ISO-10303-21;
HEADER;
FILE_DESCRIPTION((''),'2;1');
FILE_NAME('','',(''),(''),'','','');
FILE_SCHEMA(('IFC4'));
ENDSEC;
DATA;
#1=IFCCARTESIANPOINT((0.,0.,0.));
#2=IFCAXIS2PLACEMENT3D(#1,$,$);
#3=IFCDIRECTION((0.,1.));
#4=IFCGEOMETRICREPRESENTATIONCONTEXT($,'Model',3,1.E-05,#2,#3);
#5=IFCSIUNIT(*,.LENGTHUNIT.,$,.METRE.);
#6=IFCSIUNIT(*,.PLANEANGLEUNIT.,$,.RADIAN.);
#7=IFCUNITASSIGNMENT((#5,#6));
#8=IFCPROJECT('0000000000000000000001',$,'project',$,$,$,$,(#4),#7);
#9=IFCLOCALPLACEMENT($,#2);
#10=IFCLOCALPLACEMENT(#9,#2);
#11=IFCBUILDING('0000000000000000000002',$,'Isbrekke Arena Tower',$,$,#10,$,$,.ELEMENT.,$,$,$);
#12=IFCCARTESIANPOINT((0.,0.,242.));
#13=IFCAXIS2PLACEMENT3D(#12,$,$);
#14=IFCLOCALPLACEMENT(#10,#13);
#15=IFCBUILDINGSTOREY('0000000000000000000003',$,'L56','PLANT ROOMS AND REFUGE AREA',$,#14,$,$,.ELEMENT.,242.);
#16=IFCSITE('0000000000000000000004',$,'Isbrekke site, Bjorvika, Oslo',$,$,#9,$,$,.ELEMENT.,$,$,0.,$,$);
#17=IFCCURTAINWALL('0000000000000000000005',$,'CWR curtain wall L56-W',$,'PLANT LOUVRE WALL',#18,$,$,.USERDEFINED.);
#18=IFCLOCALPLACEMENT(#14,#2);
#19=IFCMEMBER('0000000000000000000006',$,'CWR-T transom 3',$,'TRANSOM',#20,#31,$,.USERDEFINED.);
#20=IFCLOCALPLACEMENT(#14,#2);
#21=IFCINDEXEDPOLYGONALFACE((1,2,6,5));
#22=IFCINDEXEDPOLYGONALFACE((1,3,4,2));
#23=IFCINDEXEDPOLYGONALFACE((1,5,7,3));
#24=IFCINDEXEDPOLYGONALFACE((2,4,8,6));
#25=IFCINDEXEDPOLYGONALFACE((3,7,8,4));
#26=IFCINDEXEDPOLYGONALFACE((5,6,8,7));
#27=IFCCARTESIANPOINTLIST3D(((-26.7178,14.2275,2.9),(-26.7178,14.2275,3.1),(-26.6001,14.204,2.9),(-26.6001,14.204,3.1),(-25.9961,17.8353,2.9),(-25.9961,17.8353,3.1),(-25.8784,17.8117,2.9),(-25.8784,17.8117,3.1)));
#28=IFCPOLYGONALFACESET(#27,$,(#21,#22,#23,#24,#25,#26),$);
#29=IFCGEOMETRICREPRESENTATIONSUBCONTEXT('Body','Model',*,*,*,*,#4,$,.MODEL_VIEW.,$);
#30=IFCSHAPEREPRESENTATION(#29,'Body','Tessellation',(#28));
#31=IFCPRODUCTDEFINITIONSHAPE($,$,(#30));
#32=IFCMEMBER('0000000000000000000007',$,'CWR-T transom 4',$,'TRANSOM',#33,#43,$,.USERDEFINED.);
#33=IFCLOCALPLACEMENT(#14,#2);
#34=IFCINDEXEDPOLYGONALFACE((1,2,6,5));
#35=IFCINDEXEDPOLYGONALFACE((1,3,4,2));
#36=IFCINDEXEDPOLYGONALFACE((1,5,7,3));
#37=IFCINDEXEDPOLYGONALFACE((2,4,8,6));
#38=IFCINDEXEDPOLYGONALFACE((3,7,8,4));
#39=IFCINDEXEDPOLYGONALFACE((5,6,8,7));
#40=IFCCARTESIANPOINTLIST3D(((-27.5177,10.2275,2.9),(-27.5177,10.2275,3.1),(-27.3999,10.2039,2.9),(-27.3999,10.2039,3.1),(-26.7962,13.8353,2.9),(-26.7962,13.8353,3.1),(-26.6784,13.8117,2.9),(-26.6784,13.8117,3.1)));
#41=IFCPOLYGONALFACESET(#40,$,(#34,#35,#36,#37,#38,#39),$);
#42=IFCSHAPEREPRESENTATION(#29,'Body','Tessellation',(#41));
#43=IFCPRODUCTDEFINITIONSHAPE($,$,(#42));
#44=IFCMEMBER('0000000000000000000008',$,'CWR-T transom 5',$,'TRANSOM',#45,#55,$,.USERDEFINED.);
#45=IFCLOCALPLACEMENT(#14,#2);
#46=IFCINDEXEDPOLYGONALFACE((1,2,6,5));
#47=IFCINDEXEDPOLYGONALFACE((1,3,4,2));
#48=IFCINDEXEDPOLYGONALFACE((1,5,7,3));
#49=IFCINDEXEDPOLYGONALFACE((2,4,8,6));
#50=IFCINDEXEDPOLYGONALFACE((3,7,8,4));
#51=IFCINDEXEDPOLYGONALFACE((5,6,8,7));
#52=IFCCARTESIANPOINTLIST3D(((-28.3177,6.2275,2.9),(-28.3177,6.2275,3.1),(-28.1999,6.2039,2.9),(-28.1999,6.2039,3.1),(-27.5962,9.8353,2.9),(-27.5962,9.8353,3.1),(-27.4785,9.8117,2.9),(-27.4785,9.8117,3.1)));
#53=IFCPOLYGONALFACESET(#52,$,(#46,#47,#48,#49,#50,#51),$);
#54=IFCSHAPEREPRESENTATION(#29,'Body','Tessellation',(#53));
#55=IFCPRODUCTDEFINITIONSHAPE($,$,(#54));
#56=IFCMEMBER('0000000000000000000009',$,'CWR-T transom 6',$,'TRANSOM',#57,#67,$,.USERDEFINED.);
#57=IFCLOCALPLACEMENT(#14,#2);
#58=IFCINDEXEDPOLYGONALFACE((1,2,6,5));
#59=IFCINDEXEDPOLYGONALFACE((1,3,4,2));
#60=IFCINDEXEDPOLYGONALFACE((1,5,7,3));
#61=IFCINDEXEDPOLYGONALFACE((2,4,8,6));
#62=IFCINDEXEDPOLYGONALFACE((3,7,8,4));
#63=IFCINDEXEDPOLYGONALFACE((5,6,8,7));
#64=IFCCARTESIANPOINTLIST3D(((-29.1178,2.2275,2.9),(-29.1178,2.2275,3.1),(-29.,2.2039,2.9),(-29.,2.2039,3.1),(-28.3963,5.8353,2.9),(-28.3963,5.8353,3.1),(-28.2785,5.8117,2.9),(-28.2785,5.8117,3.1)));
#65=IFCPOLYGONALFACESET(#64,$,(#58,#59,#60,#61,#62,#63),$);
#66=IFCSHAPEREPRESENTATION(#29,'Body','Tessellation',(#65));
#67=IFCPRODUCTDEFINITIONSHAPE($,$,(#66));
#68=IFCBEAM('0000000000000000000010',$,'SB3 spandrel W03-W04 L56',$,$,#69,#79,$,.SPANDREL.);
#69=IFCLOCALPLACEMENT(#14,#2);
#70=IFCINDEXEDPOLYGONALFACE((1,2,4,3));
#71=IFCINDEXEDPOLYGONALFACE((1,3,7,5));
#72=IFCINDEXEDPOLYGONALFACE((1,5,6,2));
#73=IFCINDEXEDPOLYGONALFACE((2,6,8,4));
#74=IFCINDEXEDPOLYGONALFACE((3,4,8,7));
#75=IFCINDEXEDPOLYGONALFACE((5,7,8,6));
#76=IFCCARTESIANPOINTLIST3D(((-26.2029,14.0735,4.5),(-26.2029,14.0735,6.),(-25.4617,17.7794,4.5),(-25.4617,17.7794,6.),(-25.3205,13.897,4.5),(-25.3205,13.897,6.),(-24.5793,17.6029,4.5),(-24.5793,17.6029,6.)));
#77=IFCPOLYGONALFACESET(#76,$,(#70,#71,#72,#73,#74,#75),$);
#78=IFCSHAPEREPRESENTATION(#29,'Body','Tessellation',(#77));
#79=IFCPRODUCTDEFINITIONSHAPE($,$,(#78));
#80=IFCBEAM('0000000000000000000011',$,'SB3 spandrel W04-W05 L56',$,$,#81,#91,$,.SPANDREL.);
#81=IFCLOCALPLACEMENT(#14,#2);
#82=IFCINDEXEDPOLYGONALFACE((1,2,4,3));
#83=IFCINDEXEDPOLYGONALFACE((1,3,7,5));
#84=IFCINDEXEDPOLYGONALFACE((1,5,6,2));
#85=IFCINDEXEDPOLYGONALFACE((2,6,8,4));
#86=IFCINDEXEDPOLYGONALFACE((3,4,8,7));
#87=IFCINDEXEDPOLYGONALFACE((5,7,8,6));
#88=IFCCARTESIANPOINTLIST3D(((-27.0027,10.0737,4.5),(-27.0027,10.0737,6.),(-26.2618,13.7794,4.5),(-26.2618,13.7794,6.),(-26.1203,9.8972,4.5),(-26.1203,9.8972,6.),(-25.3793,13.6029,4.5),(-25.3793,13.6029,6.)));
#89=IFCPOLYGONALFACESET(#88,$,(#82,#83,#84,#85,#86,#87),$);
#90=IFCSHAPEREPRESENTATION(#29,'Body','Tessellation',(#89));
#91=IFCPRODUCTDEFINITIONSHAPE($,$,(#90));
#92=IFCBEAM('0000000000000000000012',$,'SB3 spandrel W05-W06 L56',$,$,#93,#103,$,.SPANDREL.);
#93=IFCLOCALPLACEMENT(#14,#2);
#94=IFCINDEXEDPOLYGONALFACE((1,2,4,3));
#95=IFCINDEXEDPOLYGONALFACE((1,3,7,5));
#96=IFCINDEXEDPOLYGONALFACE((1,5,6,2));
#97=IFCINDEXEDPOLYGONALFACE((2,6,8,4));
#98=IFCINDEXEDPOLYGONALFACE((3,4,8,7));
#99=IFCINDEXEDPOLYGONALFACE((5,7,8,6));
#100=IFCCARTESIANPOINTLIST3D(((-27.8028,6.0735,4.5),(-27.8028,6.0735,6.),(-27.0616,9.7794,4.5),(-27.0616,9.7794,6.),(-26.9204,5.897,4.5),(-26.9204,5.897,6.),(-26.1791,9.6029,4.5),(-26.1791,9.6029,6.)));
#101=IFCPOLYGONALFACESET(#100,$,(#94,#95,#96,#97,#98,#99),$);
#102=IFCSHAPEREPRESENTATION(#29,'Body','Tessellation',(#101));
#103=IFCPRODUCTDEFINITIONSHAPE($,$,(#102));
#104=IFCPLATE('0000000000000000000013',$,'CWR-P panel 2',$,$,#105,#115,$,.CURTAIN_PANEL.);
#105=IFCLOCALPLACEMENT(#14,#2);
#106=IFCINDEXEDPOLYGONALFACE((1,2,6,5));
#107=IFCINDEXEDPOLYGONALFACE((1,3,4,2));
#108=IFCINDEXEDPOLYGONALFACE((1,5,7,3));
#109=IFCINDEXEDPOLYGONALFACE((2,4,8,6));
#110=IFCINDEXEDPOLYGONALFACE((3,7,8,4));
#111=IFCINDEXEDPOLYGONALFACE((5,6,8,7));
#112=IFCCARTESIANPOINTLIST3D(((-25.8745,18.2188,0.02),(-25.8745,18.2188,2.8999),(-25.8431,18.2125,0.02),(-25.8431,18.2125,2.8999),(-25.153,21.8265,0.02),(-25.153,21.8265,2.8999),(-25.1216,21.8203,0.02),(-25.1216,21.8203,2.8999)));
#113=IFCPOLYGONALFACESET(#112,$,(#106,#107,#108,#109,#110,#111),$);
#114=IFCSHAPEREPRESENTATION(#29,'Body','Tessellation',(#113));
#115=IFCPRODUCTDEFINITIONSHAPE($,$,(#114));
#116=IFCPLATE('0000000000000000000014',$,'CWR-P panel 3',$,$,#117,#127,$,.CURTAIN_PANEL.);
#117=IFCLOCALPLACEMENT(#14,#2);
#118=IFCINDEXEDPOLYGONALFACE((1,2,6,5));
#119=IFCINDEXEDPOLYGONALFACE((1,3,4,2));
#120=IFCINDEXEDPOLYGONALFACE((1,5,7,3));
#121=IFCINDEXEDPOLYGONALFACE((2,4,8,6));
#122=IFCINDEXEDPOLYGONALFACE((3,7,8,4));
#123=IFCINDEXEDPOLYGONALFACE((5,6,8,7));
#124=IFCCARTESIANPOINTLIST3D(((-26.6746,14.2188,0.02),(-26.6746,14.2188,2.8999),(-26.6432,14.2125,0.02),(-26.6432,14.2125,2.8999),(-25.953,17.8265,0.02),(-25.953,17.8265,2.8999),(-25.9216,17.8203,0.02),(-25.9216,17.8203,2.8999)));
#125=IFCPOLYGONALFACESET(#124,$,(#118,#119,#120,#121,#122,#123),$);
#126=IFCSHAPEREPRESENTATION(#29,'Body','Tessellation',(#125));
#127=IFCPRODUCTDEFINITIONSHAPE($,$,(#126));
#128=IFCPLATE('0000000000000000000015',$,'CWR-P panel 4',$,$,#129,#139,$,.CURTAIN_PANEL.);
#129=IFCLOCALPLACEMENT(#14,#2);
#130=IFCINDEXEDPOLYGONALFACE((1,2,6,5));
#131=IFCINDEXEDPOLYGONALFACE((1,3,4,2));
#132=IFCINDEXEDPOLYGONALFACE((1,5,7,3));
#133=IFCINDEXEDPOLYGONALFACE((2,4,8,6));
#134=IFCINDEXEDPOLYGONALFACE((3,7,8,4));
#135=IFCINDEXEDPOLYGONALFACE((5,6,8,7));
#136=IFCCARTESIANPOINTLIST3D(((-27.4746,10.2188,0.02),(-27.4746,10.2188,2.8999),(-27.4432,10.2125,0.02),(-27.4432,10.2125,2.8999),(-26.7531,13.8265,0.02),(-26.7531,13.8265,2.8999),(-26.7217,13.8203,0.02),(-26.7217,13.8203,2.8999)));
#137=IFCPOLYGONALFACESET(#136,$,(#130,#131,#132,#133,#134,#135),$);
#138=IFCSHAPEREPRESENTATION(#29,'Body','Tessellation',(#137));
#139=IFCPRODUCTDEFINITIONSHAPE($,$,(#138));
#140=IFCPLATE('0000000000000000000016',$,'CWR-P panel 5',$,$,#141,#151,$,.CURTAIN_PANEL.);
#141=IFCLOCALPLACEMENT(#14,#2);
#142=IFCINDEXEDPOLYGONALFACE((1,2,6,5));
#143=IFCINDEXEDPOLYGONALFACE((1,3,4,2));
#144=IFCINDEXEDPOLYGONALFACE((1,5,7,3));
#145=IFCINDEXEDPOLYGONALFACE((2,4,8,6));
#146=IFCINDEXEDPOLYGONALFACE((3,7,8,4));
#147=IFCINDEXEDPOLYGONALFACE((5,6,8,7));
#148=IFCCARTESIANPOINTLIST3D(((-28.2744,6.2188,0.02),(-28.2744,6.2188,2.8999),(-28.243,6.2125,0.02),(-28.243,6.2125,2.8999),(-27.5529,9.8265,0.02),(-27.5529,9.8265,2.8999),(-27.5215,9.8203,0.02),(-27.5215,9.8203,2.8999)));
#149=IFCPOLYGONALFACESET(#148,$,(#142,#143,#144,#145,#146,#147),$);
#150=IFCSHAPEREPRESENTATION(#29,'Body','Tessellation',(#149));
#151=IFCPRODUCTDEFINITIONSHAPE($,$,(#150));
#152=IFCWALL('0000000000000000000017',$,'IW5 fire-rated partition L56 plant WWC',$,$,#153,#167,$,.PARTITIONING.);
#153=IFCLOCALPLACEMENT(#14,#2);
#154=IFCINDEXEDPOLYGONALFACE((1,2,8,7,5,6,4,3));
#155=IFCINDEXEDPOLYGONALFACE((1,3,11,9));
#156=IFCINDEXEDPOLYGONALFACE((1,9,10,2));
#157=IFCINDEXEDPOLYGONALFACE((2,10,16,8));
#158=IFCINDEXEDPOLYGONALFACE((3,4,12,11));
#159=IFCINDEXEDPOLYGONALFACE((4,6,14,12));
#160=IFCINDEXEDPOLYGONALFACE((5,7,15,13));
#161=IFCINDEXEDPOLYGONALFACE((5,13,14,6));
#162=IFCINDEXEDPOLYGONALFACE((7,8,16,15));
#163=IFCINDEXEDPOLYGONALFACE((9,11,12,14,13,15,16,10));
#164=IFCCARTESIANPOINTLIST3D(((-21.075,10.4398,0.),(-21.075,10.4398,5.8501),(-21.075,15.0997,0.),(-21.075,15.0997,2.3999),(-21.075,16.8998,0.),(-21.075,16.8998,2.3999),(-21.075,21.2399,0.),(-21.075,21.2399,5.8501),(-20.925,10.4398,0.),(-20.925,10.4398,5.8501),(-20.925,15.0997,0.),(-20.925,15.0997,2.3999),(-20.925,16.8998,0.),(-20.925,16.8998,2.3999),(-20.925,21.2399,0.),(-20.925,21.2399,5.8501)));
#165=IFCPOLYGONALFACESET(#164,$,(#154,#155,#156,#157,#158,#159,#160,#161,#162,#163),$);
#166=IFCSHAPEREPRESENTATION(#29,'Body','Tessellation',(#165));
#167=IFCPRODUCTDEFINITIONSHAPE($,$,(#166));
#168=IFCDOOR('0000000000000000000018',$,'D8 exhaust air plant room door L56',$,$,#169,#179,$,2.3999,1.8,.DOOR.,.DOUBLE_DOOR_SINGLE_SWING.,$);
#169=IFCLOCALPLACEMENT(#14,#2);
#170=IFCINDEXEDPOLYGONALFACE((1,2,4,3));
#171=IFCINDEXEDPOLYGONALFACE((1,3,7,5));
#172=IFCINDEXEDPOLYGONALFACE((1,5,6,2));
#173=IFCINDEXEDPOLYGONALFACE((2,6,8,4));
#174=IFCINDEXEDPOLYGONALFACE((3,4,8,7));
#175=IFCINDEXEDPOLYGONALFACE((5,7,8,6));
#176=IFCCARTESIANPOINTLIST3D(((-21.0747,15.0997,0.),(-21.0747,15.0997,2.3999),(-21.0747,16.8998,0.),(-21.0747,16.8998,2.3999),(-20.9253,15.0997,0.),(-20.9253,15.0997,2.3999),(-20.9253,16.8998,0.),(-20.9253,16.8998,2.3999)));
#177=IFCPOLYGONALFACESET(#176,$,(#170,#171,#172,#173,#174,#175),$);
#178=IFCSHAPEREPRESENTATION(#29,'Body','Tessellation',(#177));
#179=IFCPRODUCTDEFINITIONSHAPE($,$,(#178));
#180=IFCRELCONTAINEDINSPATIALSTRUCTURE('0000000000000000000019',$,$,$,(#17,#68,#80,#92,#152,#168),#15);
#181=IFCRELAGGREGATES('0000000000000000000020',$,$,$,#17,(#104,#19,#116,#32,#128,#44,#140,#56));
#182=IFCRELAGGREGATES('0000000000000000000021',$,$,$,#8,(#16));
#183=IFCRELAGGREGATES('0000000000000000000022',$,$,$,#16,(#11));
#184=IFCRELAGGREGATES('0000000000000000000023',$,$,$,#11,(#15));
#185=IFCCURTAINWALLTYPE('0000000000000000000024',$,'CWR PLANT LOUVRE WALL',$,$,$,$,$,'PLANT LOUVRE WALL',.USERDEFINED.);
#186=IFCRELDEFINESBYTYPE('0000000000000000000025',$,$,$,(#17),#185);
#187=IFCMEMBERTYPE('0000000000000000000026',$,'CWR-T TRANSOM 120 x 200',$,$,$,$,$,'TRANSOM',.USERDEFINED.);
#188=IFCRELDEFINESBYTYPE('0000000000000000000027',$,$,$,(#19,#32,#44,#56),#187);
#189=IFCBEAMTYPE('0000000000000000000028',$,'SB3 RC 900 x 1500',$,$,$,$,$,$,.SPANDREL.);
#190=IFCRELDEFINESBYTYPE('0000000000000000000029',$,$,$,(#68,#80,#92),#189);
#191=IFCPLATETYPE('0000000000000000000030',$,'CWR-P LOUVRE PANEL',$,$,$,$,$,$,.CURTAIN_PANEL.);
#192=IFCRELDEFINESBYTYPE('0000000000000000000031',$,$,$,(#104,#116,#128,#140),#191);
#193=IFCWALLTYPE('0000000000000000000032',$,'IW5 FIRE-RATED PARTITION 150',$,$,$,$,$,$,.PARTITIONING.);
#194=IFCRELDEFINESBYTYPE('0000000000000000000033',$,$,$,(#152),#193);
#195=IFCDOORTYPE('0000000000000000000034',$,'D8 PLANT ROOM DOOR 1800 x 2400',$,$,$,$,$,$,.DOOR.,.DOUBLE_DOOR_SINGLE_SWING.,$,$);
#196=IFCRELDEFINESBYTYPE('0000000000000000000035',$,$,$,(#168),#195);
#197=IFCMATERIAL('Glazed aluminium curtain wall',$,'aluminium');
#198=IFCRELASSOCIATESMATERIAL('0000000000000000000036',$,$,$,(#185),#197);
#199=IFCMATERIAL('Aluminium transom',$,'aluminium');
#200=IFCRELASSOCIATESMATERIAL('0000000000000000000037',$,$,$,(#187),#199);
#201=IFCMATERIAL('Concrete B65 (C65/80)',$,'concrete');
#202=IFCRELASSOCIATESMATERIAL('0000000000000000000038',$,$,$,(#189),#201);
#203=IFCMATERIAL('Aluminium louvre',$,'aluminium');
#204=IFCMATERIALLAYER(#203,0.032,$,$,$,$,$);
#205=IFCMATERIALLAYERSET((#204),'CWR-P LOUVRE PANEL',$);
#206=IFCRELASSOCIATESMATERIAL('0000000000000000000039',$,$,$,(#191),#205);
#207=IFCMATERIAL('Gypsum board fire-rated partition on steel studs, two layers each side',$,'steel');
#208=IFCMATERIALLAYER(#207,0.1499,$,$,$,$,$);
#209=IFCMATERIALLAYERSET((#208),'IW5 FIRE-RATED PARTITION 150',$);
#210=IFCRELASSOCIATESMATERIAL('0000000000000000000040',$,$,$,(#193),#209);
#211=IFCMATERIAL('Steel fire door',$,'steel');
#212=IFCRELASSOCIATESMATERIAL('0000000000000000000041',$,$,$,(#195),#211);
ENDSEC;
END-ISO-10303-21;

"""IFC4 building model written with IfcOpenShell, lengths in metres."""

from ifc_helpers import new_model, si_unit, direction, frame, frame_2d, origin, origin_2d, place, context, subcontext, project, spatial, rectangle, extrude, material, layer, layer_set, material_profile, profile_set, type_object, element, fill, aggregate, save


model = new_model("IFC4")

# Units and contexts
model_context = context("Model", 3, precision=1e-05, world=origin(), true_north=direction((0.0, 1.0)))
body_context = subcontext(model_context, "Body", "Model", "MODEL_VIEW")
ifc_project = project(units=[si_unit("LENGTHUNIT", "METRE"), si_unit("PLANEANGLEUNIT", "RADIAN")], contexts=[model_context])

# Site, building, storey
site_placement = place(None, origin())
site = spatial("IfcSite", under=ifc_project, at=site_placement, Name="Isbrekke site, Bjorvika, Oslo", CompositionType="ELEMENT", RefElevation=0.0)
building_placement = place(site_placement, origin())
building = spatial("IfcBuilding", under=site, at=building_placement, Name="Isbrekke Arena Tower", CompositionType="ELEMENT")
storey_placement = place(building_placement, frame((0.0, 0.0, 242.0)))
storey = spatial("IfcBuildingStorey", under=building, at=storey_placement, Name="L56", Description="PLANT ROOMS AND REFUGE AREA", CompositionType="ELEMENT", Elevation=242.0)

# Curtain wall, members
ifc_material_1 = material(Name="Glazed aluminium curtain wall", Category="aluminium")
curtain_wall_type = type_object("IfcCurtainWallType", Name="CWR PLANT LOUVRE WALL", ElementType="PLANT LOUVRE WALL", PredefinedType="USERDEFINED", material=ifc_material_1)
curtain_wall_placement = place(storey_placement, origin())
curtain_wall = element("IfcCurtainWall", 1, at=curtain_wall_placement, inside=storey, type_object=curtain_wall_type, Name="CWR curtain wall L56-W", ObjectType="PLANT LOUVRE WALL", PredefinedType="USERDEFINED")
ifc_material_2 = material(Name="Aluminium transom", Category="aluminium")
ifc_material_profile_1 = material_profile(ifc_material_2, rectangle(XDim=0.1201, YDim=0.2, at=origin_2d()), Name="TRANSOM 120X200")
ifc_profile_set_1 = profile_set([ifc_material_profile_1], Name="Aluminium transom")
member_type_1 = type_object("IfcMemberType", Name="CWR-T TRANSOM 120 x 200", ElementType="TRANSOM", PredefinedType="USERDEFINED", material=ifc_profile_set_1)
member_1_placement = place(storey_placement, frame((-25.9373, 17.8235, 3.0), z_axis=(-0.196154, -0.980573, 0.0), x_axis=(0.980573, -0.196154, 0.0)))
member_1 = element("IfcMember", 2, at=member_1_placement, type_object=member_type_1, Name="CWR-T transom 3", ObjectType="TRANSOM", PredefinedType="USERDEFINED", context=body_context, shape_type="SweptSolid", body=[
    extrude(rectangle(XDim=0.1201, YDim=0.2, at=origin_2d()), origin(), (0.0, 0.0, 1.0), 3.6792),
])
member_2_placement = place(storey_placement, frame((-26.7373, 13.8235, 3.0), z_axis=(-0.196091, -0.980586, 0.0), x_axis=(0.980586, -0.196091, 0.0)))
member_2 = element("IfcMember", 3, at=member_2_placement, type_object=member_type_1, Name="CWR-T transom 4", ObjectType="TRANSOM", PredefinedType="USERDEFINED", context=body_context, shape_type="SweptSolid", body=[
    extrude(rectangle(XDim=0.1201, YDim=0.2, at=origin_2d()), origin(), (0.0, 0.0, 1.0), 3.6792),
])
member_3_placement = place(storey_placement, frame((-27.5374, 9.8235, 3.0), z_axis=(-0.196091, -0.980586, 0.0), x_axis=(0.980586, -0.196091, 0.0)))
member_3 = element("IfcMember", 4, at=member_3_placement, type_object=member_type_1, Name="CWR-T transom 5", ObjectType="TRANSOM", PredefinedType="USERDEFINED", context=body_context, shape_type="SweptSolid", body=[
    extrude(rectangle(XDim=0.1201, YDim=0.2, at=origin_2d()), origin(), (0.0, 0.0, 1.0), 3.6792),
])
member_4_placement = place(storey_placement, frame((-28.3374, 5.8235, 3.0), z_axis=(-0.196091, -0.980586, 0.0), x_axis=(0.980586, -0.196091, 0.0)))
member_4 = element("IfcMember", 5, at=member_4_placement, type_object=member_type_1, Name="CWR-T transom 6", ObjectType="TRANSOM", PredefinedType="USERDEFINED", context=body_context, shape_type="SweptSolid", body=[
    extrude(rectangle(XDim=0.1201, YDim=0.2, at=origin_2d()), origin(), (0.0, 0.0, 1.0), 3.6792),
])

# Beams
ifc_material_3 = material(Name="Concrete B65 (C65/80)", Category="concrete")
ifc_material_profile_2 = material_profile(ifc_material_3, rectangle(XDim=0.8999, YDim=1.5, at=origin_2d()), Name="RC 900x1500")
ifc_profile_set_2 = profile_set([ifc_material_profile_2], Name="Concrete B65 (C65/80)")
beam_type_1 = type_object("IfcBeamType", Name="SB3 RC 900 x 1500", PredefinedType="SPANDREL", material=ifc_profile_set_2)
beam_1_placement = place(storey_placement, frame((-25.0205, 17.6912, 5.25), z_axis=(-0.196129, -0.980578, 0.0), x_axis=(0.980578, -0.196129, 0.0)))
element("IfcBeam", 6, at=beam_1_placement, inside=storey, type_object=beam_type_1, Name="SB3 spandrel W03-W04 L56", PredefinedType="SPANDREL", context=body_context, shape_type="SweptSolid", body=[
    extrude(rectangle(XDim=0.8999, YDim=1.5, at=origin_2d()), origin(), (0.0, 0.0, 1.0), 3.7793),
])
beam_2_placement = place(storey_placement, frame((-25.8206, 13.6912, 5.25), z_axis=(-0.196066, -0.980591, 0.0), x_axis=(0.980591, -0.196066, 0.0)))
element("IfcBeam", 7, at=beam_2_placement, inside=storey, type_object=beam_type_1, Name="SB3 spandrel W04-W05 L56", PredefinedType="SPANDREL", context=body_context, shape_type="SweptSolid", body=[
    extrude(rectangle(XDim=0.8999, YDim=1.5, at=origin_2d()), origin(), (0.0, 0.0, 1.0), 3.7791),
])
beam_3_placement = place(storey_placement, frame((-26.6204, 9.6912, 5.25), z_axis=(-0.196129, -0.980578, 0.0), x_axis=(0.980578, -0.196129, 0.0)))
element("IfcBeam", 8, at=beam_3_placement, inside=storey, type_object=beam_type_1, Name="SB3 spandrel W05-W06 L56", PredefinedType="SPANDREL", context=body_context, shape_type="SweptSolid", body=[
    extrude(rectangle(XDim=0.8999, YDim=1.5, at=origin_2d()), origin(), (0.0, 0.0, 1.0), 3.7793),
])

# Plates
ifc_material_4 = material(Name="Aluminium louvre", Category="aluminium")
ifc_layer_1 = layer(ifc_material_4, 0.032)
ifc_layer_set_1 = layer_set([ifc_layer_1], Name="CWR-P LOUVRE PANEL")
plate_type = type_object("IfcPlateType", Name="CWR-P LOUVRE PANEL", PredefinedType="CURTAIN_PANEL", material=ifc_layer_set_1)
plate_1_placement = place(storey_placement, frame((-25.498, 20.0195, 0.02), z_axis=(0.0, 0.0, 1.0), x_axis=(-0.196116, -0.980581, 0.0)))
plate_1 = element("IfcPlate", 9, at=plate_1_placement, type_object=plate_type, Name="CWR-P panel 2", PredefinedType="CURTAIN_PANEL", context=body_context, shape_type="SweptSolid", body=[
    extrude(rectangle(XDim=3.6792, YDim=0.032, at=origin_2d()), origin(), (0.0, 0.0, 1.0), 2.8799),
])
plate_2_placement = place(storey_placement, frame((-26.2981, 16.0195, 0.02), z_axis=(0.0, 0.0, 1.0), x_axis=(-0.196116, -0.980581, 0.0)))
plate_2 = element("IfcPlate", 10, at=plate_2_placement, type_object=plate_type, Name="CWR-P panel 3", PredefinedType="CURTAIN_PANEL", context=body_context, shape_type="SweptSolid", body=[
    extrude(rectangle(XDim=3.6792, YDim=0.032, at=origin_2d()), origin(), (0.0, 0.0, 1.0), 2.8799),
])
plate_3_placement = place(storey_placement, frame((-27.0981, 12.0195, 0.02), z_axis=(0.0, 0.0, 1.0), x_axis=(-0.196116, -0.980581, 0.0)))
plate_3 = element("IfcPlate", 11, at=plate_3_placement, type_object=plate_type, Name="CWR-P panel 4", PredefinedType="CURTAIN_PANEL", context=body_context, shape_type="SweptSolid", body=[
    extrude(rectangle(XDim=3.6792, YDim=0.032, at=origin_2d()), origin(), (0.0, 0.0, 1.0), 2.8799),
])
plate_4_placement = place(storey_placement, frame((-27.8979, 8.0195, 0.02), z_axis=(0.0, 0.0, 1.0), x_axis=(-0.196116, -0.980581, 0.0)))
plate_4 = element("IfcPlate", 12, at=plate_4_placement, type_object=plate_type, Name="CWR-P panel 5", PredefinedType="CURTAIN_PANEL", context=body_context, shape_type="SweptSolid", body=[
    extrude(rectangle(XDim=3.6792, YDim=0.032, at=origin_2d()), origin(), (0.0, 0.0, 1.0), 2.8799),
])
aggregate(curtain_wall, [plate_1, member_1, plate_2, member_2, plate_3, member_3, plate_4, member_4])

# Wall, opening, door
ifc_material_5 = material(Name="Gypsum board fire-rated partition on steel studs, two layers each side", Category="steel")
ifc_layer_2 = layer(ifc_material_5, 0.1499)
ifc_layer_set_2 = layer_set([ifc_layer_2], Name="IW5 FIRE-RATED PARTITION 150")
wall_type = type_object("IfcWallType", Name="IW5 FIRE-RATED PARTITION 150", PredefinedType="PARTITIONING", material=ifc_layer_set_2)
wall_1_placement = place(storey_placement, frame((-21.0, 10.4399, 0.0), z_axis=(0.0, 0.0, 1.0), x_axis=(0.0, 1.0, 0.0)))
wall_1 = element("IfcWall", 13, at=wall_1_placement, inside=storey, type_object=wall_type, Name="IW5 fire-rated partition L56 plant WWC", PredefinedType="PARTITIONING", context=body_context, shape_type="SweptSolid", body=[
    extrude(rectangle(XDim=10.8, YDim=0.1499, at=frame_2d((5.3999, 0.0))), origin(), (0.0, 0.0, 1.0), 5.8501),
])
opening_placement = place(wall_1_placement, frame((4.6599, 0.0, 0.0)))
opening = element("IfcOpeningElement", 14, at=opening_placement, cuts=wall_1, PredefinedType="OPENING", context=body_context, shape_type="SweptSolid", body=[
    extrude(rectangle(XDim=1.8, YDim=2.3999, at=frame_2d((0.8999, 1.2))), frame((0.0, 0.0898, 0.0), z_axis=(0.0, -1.0, 0.0), x_axis=(1.0, 0.0, 0.0)), (0.0, 0.0, 1.0), 0.1797),
])
ifc_material_6 = material(Name="Steel fire door", Category="steel")
door_type = type_object("IfcDoorType", Name="D8 PLANT ROOM DOOR 1800 x 2400", OperationType="DOUBLE_DOOR_SINGLE_SWING", PredefinedType="DOOR", material=ifc_material_6)
door_placement = place(opening_placement, origin())
door = element("IfcDoor", 15, at=door_placement, inside=storey, type_object=door_type, Name="D8 exhaust air plant room door L56", OperationType="DOUBLE_DOOR_SINGLE_SWING", OverallHeight=2.3999, OverallWidth=1.8, PredefinedType="DOOR", context=body_context, shape_type="SweptSolid", body=[
    extrude(rectangle(XDim=1.8, YDim=2.3999, at=frame_2d((0.8999, 1.2))), frame((0.0, 0.0747, 0.0), z_axis=(0.0, -1.0, 0.0), x_axis=(1.0, 0.0, 0.0)), (0.0, 0.0, 1.0), 0.1494),
])
fill(opening, door)

save(model, "model.ifc")
